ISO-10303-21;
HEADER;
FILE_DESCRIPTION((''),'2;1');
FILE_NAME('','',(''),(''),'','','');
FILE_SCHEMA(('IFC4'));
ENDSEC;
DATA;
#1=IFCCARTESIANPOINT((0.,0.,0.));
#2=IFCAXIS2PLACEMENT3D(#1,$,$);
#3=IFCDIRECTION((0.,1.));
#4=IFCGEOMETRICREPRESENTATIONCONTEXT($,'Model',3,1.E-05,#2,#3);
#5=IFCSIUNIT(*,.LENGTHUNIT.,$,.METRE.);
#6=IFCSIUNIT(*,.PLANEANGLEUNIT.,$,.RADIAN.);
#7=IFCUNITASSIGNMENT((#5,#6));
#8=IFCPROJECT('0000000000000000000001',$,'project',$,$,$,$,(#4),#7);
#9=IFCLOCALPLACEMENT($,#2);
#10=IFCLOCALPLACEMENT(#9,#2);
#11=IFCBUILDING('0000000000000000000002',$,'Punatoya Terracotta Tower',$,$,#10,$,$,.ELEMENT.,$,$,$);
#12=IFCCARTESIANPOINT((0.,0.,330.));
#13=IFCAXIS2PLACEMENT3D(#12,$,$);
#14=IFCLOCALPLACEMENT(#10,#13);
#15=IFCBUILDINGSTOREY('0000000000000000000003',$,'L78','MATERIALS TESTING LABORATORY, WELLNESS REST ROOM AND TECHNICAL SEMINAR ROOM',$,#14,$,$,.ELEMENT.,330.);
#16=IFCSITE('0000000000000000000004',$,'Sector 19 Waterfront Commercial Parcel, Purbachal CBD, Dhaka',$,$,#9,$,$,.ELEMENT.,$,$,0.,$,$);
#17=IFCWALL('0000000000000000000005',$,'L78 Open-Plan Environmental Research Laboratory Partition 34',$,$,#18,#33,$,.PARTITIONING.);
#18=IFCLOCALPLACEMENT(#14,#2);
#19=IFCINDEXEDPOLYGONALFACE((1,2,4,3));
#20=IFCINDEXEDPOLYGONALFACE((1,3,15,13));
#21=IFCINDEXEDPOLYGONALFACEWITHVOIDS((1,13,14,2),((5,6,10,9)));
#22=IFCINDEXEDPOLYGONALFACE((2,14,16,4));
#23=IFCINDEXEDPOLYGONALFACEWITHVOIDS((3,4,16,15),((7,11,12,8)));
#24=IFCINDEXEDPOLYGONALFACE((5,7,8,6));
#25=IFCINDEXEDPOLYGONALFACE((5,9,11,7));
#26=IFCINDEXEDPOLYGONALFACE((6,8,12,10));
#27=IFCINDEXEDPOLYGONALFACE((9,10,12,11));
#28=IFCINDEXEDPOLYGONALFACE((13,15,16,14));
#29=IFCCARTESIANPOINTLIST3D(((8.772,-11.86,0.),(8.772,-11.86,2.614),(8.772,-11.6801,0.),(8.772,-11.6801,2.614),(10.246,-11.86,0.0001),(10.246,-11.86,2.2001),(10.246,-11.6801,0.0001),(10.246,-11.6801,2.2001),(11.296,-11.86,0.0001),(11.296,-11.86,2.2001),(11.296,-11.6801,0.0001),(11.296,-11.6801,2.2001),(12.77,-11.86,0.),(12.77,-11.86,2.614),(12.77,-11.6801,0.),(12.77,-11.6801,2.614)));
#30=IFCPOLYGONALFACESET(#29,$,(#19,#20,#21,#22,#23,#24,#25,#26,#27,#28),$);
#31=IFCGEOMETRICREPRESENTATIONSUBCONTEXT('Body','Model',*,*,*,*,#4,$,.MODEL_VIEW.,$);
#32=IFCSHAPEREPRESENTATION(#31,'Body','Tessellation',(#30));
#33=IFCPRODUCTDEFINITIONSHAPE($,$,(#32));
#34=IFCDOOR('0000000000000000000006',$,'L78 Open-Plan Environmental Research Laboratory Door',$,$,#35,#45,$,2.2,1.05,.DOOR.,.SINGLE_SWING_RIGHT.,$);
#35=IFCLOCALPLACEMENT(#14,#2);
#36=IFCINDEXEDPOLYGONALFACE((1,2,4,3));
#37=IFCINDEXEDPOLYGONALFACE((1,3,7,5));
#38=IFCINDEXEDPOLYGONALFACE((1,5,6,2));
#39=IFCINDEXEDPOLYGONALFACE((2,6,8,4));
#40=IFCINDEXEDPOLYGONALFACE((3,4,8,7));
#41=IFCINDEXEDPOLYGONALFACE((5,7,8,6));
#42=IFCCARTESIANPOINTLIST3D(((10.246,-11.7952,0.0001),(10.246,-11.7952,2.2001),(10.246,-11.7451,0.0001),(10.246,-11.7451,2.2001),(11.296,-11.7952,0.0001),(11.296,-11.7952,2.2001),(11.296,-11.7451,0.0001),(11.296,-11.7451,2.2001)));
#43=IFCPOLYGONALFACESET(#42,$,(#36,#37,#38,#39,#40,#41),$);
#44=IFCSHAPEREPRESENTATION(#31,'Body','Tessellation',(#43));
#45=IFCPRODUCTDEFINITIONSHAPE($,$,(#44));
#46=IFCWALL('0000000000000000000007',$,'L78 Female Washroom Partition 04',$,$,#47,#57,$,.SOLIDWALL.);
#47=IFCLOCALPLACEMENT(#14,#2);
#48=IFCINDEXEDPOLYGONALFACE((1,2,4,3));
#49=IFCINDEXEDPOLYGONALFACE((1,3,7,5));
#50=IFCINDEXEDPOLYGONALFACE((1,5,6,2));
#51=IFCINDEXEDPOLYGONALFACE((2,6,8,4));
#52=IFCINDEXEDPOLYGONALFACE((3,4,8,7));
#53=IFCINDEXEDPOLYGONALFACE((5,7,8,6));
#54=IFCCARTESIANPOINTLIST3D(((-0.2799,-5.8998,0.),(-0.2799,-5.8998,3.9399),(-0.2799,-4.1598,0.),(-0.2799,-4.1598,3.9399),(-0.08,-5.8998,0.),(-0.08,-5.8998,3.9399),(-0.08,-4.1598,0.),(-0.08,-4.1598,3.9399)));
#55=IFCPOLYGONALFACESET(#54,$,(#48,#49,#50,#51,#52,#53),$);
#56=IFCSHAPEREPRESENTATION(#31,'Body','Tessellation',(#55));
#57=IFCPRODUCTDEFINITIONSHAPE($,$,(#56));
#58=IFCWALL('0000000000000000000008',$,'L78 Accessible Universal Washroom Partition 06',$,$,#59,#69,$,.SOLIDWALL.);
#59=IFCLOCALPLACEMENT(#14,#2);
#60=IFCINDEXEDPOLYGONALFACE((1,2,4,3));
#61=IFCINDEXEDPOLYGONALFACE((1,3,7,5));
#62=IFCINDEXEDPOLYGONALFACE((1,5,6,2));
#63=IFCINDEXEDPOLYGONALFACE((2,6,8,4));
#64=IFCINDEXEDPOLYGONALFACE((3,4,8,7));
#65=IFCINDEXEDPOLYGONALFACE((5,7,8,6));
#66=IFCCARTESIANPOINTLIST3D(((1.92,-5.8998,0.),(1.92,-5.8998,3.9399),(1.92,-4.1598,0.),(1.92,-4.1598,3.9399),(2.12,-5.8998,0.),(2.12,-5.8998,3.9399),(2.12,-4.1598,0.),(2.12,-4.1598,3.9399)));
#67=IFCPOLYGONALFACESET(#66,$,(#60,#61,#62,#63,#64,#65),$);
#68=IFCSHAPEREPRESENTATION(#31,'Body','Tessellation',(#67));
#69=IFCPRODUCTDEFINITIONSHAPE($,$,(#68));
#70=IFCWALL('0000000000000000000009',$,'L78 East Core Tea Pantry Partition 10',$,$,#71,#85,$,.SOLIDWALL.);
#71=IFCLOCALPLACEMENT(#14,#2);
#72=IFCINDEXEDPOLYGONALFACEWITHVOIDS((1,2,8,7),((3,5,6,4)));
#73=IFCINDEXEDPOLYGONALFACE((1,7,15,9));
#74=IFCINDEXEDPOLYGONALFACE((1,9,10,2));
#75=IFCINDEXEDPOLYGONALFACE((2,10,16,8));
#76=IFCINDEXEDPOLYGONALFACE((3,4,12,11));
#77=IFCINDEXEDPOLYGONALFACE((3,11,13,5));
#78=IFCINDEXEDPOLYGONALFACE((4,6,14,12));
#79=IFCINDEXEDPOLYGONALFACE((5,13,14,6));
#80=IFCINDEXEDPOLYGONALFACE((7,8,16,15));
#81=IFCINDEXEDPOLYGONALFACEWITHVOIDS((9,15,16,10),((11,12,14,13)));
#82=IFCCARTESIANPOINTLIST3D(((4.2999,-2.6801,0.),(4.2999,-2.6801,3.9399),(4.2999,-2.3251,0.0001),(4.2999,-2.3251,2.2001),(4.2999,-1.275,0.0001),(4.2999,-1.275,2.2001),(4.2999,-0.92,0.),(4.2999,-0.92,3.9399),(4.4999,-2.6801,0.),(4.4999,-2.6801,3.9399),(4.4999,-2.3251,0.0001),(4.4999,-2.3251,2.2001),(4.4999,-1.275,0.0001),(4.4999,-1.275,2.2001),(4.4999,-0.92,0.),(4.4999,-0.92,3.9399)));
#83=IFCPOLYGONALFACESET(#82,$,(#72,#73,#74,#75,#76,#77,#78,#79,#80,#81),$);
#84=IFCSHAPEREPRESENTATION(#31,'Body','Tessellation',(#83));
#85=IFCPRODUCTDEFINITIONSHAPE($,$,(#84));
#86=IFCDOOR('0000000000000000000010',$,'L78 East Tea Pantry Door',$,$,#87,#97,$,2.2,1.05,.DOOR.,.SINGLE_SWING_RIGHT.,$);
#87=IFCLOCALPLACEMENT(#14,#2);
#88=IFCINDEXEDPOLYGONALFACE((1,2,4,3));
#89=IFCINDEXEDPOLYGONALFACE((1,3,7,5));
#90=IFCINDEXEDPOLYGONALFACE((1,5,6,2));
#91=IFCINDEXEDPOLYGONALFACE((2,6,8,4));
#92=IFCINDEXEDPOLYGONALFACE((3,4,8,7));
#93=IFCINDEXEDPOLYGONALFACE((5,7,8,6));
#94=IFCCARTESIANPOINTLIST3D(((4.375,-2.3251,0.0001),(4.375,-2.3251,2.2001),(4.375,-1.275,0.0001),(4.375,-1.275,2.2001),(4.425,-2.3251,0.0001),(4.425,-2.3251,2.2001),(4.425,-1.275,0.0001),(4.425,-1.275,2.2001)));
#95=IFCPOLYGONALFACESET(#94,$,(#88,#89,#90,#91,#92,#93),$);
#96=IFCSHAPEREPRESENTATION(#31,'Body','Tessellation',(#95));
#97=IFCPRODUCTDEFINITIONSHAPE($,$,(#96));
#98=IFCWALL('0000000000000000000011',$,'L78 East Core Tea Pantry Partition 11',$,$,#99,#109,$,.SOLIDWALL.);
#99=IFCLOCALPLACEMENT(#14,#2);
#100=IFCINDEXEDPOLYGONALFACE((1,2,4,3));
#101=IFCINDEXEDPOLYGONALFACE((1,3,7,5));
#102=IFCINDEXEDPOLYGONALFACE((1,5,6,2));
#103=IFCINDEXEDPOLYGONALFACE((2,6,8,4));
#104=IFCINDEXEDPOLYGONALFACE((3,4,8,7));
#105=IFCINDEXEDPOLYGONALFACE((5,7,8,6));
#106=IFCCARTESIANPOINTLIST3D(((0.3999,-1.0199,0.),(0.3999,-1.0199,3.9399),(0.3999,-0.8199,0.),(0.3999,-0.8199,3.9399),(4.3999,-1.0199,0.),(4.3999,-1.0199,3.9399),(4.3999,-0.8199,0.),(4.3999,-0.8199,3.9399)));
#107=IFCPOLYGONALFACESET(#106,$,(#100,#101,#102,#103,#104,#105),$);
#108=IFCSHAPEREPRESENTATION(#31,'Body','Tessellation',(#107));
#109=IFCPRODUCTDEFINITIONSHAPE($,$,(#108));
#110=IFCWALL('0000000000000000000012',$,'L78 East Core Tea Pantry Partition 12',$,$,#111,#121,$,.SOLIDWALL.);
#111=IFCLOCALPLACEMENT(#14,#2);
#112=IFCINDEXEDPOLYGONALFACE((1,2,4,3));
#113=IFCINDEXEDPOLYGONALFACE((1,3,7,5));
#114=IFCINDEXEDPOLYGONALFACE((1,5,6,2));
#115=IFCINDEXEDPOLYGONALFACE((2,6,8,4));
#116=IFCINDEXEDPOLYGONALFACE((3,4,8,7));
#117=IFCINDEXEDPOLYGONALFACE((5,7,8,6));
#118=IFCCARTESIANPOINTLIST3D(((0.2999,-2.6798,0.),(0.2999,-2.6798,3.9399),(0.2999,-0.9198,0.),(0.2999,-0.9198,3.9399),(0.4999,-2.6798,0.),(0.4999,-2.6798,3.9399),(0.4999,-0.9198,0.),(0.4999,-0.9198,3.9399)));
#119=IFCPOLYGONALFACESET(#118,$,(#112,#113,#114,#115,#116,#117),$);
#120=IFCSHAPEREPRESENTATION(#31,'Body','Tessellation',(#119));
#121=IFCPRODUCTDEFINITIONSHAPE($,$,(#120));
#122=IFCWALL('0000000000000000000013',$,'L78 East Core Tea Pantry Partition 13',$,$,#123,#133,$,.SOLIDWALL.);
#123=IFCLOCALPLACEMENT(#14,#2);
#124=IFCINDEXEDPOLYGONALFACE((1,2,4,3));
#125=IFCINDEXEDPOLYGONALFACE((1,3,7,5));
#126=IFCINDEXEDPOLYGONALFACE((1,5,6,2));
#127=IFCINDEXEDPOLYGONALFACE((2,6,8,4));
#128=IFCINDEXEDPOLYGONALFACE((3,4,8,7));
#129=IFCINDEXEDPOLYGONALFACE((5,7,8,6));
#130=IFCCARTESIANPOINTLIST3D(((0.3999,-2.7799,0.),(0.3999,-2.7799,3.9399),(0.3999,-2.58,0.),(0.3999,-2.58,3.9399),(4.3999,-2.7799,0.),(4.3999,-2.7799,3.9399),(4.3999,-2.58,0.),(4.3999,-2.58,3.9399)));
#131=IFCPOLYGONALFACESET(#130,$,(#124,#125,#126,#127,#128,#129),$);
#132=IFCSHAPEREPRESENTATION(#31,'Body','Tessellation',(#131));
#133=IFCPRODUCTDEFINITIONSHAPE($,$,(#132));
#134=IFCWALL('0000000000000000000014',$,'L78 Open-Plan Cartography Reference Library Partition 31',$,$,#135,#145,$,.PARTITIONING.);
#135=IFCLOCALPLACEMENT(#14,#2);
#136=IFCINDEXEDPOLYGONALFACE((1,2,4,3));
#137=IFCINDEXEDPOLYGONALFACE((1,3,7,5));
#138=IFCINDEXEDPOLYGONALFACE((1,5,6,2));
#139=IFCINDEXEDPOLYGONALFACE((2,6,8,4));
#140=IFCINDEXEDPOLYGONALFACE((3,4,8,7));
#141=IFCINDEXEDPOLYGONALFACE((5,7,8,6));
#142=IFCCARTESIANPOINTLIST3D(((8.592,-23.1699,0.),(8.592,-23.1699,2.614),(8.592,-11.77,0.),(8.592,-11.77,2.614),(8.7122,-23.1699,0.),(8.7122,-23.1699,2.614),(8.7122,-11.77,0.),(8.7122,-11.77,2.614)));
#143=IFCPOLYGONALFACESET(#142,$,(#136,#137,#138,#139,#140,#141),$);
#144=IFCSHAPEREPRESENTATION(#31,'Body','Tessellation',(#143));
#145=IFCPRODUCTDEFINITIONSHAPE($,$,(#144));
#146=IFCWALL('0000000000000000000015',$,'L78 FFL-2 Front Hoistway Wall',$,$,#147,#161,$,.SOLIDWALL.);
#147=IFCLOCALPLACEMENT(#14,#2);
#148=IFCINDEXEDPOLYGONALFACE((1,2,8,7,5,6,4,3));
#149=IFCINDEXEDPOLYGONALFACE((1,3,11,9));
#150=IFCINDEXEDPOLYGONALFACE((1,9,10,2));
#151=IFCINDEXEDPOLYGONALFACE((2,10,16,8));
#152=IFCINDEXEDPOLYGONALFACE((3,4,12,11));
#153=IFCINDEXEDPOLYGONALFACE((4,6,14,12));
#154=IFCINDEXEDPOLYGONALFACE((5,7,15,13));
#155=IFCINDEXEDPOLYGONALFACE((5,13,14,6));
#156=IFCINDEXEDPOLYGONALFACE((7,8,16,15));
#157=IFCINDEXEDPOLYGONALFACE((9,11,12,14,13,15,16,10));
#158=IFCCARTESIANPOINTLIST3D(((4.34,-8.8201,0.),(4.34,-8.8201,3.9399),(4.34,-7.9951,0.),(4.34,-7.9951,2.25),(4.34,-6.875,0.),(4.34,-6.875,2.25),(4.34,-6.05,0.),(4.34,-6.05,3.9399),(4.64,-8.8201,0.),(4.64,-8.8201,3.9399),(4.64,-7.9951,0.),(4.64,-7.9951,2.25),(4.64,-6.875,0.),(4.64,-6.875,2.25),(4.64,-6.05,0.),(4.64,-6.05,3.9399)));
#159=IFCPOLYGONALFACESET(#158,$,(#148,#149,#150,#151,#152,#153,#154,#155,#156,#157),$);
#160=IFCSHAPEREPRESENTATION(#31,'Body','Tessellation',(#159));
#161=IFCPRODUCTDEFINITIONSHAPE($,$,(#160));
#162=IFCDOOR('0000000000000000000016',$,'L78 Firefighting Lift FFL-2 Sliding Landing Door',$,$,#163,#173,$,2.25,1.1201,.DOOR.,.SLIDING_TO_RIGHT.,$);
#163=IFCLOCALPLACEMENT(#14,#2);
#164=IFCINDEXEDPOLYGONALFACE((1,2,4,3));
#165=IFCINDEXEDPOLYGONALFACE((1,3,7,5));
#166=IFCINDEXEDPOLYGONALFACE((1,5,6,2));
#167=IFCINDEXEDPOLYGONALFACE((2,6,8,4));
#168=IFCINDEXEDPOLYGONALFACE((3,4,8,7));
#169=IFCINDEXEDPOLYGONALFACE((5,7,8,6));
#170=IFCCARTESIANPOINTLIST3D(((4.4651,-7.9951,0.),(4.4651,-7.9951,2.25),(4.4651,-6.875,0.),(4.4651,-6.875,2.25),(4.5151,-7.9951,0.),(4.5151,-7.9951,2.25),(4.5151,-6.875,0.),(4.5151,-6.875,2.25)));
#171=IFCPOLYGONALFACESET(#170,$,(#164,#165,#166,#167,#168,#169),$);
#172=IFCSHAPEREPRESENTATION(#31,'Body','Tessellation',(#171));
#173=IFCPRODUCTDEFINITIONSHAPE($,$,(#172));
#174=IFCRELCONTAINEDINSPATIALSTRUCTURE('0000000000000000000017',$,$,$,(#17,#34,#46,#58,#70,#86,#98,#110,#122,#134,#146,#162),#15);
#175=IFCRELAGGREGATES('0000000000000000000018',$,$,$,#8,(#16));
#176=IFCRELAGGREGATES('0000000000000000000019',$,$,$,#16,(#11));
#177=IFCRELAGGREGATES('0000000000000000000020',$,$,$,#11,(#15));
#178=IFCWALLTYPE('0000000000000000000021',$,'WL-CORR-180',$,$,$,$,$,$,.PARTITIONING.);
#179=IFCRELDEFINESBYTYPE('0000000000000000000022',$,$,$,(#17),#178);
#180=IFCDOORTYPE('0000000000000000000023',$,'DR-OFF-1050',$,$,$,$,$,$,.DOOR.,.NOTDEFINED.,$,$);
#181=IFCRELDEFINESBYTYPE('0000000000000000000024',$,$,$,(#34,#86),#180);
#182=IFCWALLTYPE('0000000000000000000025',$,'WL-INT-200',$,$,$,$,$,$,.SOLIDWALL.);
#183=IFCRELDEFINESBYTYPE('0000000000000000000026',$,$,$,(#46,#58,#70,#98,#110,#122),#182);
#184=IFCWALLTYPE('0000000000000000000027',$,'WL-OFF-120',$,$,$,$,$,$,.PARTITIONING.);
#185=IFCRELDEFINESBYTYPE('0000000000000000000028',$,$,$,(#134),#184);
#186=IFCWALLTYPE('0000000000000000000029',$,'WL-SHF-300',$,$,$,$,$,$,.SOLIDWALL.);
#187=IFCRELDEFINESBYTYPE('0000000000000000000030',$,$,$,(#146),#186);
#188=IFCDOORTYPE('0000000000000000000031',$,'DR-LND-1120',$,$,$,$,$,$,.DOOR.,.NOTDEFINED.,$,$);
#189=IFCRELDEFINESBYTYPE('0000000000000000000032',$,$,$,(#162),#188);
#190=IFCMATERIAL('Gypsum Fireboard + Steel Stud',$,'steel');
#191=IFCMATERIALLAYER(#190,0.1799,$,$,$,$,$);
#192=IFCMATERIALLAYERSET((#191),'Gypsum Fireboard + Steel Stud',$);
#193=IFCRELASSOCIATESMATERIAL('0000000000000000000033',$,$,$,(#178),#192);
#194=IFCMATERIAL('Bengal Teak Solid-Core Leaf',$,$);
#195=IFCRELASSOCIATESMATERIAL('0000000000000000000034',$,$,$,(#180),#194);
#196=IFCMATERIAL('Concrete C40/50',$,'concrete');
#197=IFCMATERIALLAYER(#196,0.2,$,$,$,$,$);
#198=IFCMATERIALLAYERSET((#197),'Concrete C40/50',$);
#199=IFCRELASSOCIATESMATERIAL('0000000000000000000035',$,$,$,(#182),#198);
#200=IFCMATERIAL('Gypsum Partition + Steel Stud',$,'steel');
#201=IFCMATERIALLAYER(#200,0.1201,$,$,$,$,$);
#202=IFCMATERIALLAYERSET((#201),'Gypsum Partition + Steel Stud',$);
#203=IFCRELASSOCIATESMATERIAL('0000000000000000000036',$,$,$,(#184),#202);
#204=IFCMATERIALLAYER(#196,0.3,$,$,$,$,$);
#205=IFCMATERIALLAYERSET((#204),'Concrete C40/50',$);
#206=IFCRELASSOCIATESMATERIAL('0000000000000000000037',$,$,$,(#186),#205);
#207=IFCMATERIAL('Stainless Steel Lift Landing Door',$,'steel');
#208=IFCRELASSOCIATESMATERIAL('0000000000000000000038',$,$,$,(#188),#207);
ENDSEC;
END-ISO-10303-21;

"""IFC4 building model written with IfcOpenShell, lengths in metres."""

from ifc_helpers import new_model, si_unit, direction, frame, frame_2d, origin, place, context, subcontext, project, spatial, rectangle, extrude, material, layer, layer_set, type_object, element, fill, save


model = new_model("IFC4")

# Units and contexts
model_context = context("Model", 3, precision=1e-05, world=origin(), true_north=direction((0.0, 1.0)))
body_context = subcontext(model_context, "Body", "Model", "MODEL_VIEW")
ifc_project = project(units=[si_unit("LENGTHUNIT", "METRE"), si_unit("PLANEANGLEUNIT", "RADIAN")], contexts=[model_context])

# Site, building, storey
site_placement = place(None, origin())
site = spatial("IfcSite", under=ifc_project, at=site_placement, Name="Sector 19 Waterfront Commercial Parcel, Purbachal CBD, Dhaka", CompositionType="ELEMENT", RefElevation=0.0)
building_placement = place(site_placement, origin())
building = spatial("IfcBuilding", under=site, at=building_placement, Name="Punatoya Terracotta Tower", CompositionType="ELEMENT")
storey_placement = place(building_placement, frame((0.0, 0.0, 330.0)))
storey = spatial("IfcBuildingStorey", under=building, at=storey_placement, Name="L78", Description="MATERIALS TESTING LABORATORY, WELLNESS REST ROOM AND TECHNICAL SEMINAR ROOM", CompositionType="ELEMENT", Elevation=330.0)

# Shared definitions
ifc_material_1 = material(Name="Concrete C40/50", Category="concrete")

# Shared definitions
ifc_material_2 = material(Name="Gypsum Fireboard + Steel Stud", Category="steel")
ifc_layer_1 = layer(ifc_material_2, 0.1799)
ifc_layer_set_1 = layer_set([ifc_layer_1], Name="Gypsum Fireboard + Steel Stud")
wall_type_1 = type_object("IfcWallType", Name="WL-CORR-180", PredefinedType="PARTITIONING", material=ifc_layer_set_1)

# Shared definitions
ifc_material_3 = material(Name="Bengal Teak Solid-Core Leaf")
door_type_1 = type_object("IfcDoorType", Name="DR-OFF-1050", OperationType="NOTDEFINED", PredefinedType="DOOR", material=ifc_material_3)

# Wall, opening, door
wall_1_placement = place(storey_placement, frame((8.772, -11.77, 0.0), z_axis=(0.0, 0.0, 1.0), x_axis=(1.0, 0.0, 0.0)))
wall_1 = element("IfcWall", 1, at=wall_1_placement, inside=storey, type_object=wall_type_1, Name="L78 Open-Plan Environmental Research Laboratory Partition 34", PredefinedType="PARTITIONING", context=body_context, shape_type="SweptSolid", body=[
    extrude(rectangle(XDim=3.998, YDim=0.1799, at=frame_2d((1.999, 0.0))), origin(), (0.0, 0.0, 1.0), 2.614),
])
opening_1_placement = place(wall_1_placement, frame((1.4741, 0.0, 0.0)))
opening_1 = element("IfcOpeningElement", 2, at=opening_1_placement, cuts=wall_1, PredefinedType="OPENING", context=body_context, shape_type="SweptSolid", body=[
    extrude(rectangle(XDim=1.05, YDim=2.2, at=frame_2d((0.5249, 1.1001))), frame((0.0, 0.0999, 0.0), z_axis=(0.0, -1.0, 0.0), x_axis=(1.0, 0.0, 0.0)), (0.0, 0.0, 1.0), 0.2),
])
door_1_placement = place(opening_1_placement, origin())
door_1 = element("IfcDoor", 3, at=door_1_placement, inside=storey, type_object=door_type_1, Name="L78 Open-Plan Environmental Research Laboratory Door", OperationType="SINGLE_SWING_RIGHT", OverallHeight=2.2, OverallWidth=1.05, PredefinedType="DOOR", context=body_context, shape_type="SweptSolid", body=[
    extrude(rectangle(XDim=1.05, YDim=2.2, at=frame_2d((0.5249, 1.1001))), frame((0.0, 0.0249, 0.0), z_axis=(0.0, -1.0, 0.0), x_axis=(1.0, 0.0, 0.0)), (0.0, 0.0, 1.0), 0.05),
])
fill(opening_1, door_1)

# Wall
ifc_layer_2 = layer(ifc_material_1, 0.2)
ifc_layer_set_2 = layer_set([ifc_layer_2], Name="Concrete C40/50")
wall_type_2 = type_object("IfcWallType", Name="WL-INT-200", PredefinedType="SOLIDWALL", material=ifc_layer_set_2)
wall_2_placement = place(storey_placement, frame((-0.1799, -5.8999, 0.0), z_axis=(0.0, 0.0, 1.0), x_axis=(0.0, 1.0, 0.0)))
element("IfcWall", 4, at=wall_2_placement, inside=storey, type_object=wall_type_2, Name="L78 Female Washroom Partition 04", PredefinedType="SOLIDWALL", context=body_context, shape_type="SweptSolid", body=[
    extrude(rectangle(XDim=1.74, YDim=0.2, at=frame_2d((0.8701, 0.0))), origin(), (0.0, 0.0, 1.0), 3.9399),
])

# Wall
wall_3_placement = place(storey_placement, frame((2.02, -5.8999, 0.0), z_axis=(0.0, 0.0, 1.0), x_axis=(0.0, 1.0, 0.0)))
element("IfcWall", 5, at=wall_3_placement, inside=storey, type_object=wall_type_2, Name="L78 Accessible Universal Washroom Partition 06", PredefinedType="SOLIDWALL", context=body_context, shape_type="SweptSolid", body=[
    extrude(rectangle(XDim=1.74, YDim=0.2, at=frame_2d((0.8701, 0.0))), origin(), (0.0, 0.0, 1.0), 3.9399),
])

# Wall, opening, door
wall_4_placement = place(storey_placement, frame((4.3999, -2.6799, 0.0), z_axis=(0.0, 0.0, 1.0), x_axis=(0.0, 1.0, 0.0)))
wall_4 = element("IfcWall", 6, at=wall_4_placement, inside=storey, type_object=wall_type_2, Name="L78 East Core Tea Pantry Partition 10", PredefinedType="SOLIDWALL", context=body_context, shape_type="SweptSolid", body=[
    extrude(rectangle(XDim=1.76, YDim=0.2, at=frame_2d((0.8799, 0.0))), origin(), (0.0, 0.0, 1.0), 3.9399),
])
opening_2_placement = place(wall_4_placement, frame((0.355, 0.0, 0.0)))
opening_2 = element("IfcOpeningElement", 7, at=opening_2_placement, cuts=wall_4, PredefinedType="OPENING", context=body_context, shape_type="SweptSolid", body=[
    extrude(rectangle(XDim=1.05, YDim=2.2, at=frame_2d((0.5249, 1.1001))), frame((0.0, 0.1099, 0.0), z_axis=(0.0, -1.0, 0.0), x_axis=(1.0, 0.0, 0.0)), (0.0, 0.0, 1.0), 0.22),
])
door_2_placement = place(opening_2_placement, origin())
door_2 = element("IfcDoor", 8, at=door_2_placement, inside=storey, type_object=door_type_1, Name="L78 East Tea Pantry Door", OperationType="SINGLE_SWING_RIGHT", OverallHeight=2.2, OverallWidth=1.05, PredefinedType="DOOR", context=body_context, shape_type="SweptSolid", body=[
    extrude(rectangle(XDim=1.05, YDim=2.2, at=frame_2d((0.5249, 1.1001))), frame((0.0, 0.0249, 0.0), z_axis=(0.0, -1.0, 0.0), x_axis=(1.0, 0.0, 0.0)), (0.0, 0.0, 1.0), 0.05),
])
fill(opening_2, door_2)

# Walls
wall_5_placement = place(storey_placement, frame((4.3999, -0.9199, 0.0), z_axis=(0.0, 0.0, 1.0), x_axis=(-1.0, 0.0, 0.0)))
element("IfcWall", 9, at=wall_5_placement, inside=storey, type_object=wall_type_2, Name="L78 East Core Tea Pantry Partition 11", PredefinedType="SOLIDWALL", context=body_context, shape_type="SweptSolid", body=[
    extrude(rectangle(XDim=4.0, YDim=0.2, at=frame_2d((2.0, 0.0))), origin(), (0.0, 0.0, 1.0), 3.9399),
])
wall_6_placement = place(storey_placement, frame((0.3999, -0.9199, 0.0), z_axis=(0.0, 0.0, 1.0), x_axis=(0.0, -1.0, 0.0)))
element("IfcWall", 10, at=wall_6_placement, inside=storey, type_object=wall_type_2, Name="L78 East Core Tea Pantry Partition 12", PredefinedType="SOLIDWALL", context=body_context, shape_type="SweptSolid", body=[
    extrude(rectangle(XDim=1.76, YDim=0.2, at=frame_2d((0.8799, 0.0))), origin(), (0.0, 0.0, 1.0), 3.9399),
])
wall_7_placement = place(storey_placement, frame((0.3999, -2.6799, 0.0), z_axis=(0.0, 0.0, 1.0), x_axis=(1.0, 0.0, 0.0)))
element("IfcWall", 11, at=wall_7_placement, inside=storey, type_object=wall_type_2, Name="L78 East Core Tea Pantry Partition 13", PredefinedType="SOLIDWALL", context=body_context, shape_type="SweptSolid", body=[
    extrude(rectangle(XDim=4.0, YDim=0.2, at=frame_2d((2.0, 0.0))), origin(), (0.0, 0.0, 1.0), 3.9399),
])
ifc_material_4 = material(Name="Gypsum Partition + Steel Stud", Category="steel")
ifc_layer_3 = layer(ifc_material_4, 0.1201)
ifc_layer_set_3 = layer_set([ifc_layer_3], Name="Gypsum Partition + Steel Stud")
wall_type_3 = type_object("IfcWallType", Name="WL-OFF-120", PredefinedType="PARTITIONING", material=ifc_layer_set_3)
wall_8_placement = place(storey_placement, frame((8.6521, -11.77, 0.0), z_axis=(0.0, 0.0, 1.0), x_axis=(0.0, -1.0, 0.0)))
element("IfcWall", 12, at=wall_8_placement, inside=storey, type_object=wall_type_3, Name="L78 Open-Plan Cartography Reference Library Partition 31", PredefinedType="PARTITIONING", context=body_context, shape_type="SweptSolid", body=[
    extrude(rectangle(XDim=11.3999, YDim=0.1201, at=frame_2d((5.7, 0.0))), origin(), (0.0, 0.0, 1.0), 2.614),
])

# Wall, opening, door
ifc_layer_4 = layer(ifc_material_1, 0.3)
ifc_layer_set_4 = layer_set([ifc_layer_4], Name="Concrete C40/50")
wall_type_4 = type_object("IfcWallType", Name="WL-SHF-300", PredefinedType="SOLIDWALL", material=ifc_layer_set_4)
wall_9_placement = place(storey_placement, frame((4.49, -8.8201, 0.0), z_axis=(0.0, 0.0, 1.0), x_axis=(0.0, 1.0, 0.0)))
wall_9 = element("IfcWall", 13, at=wall_9_placement, inside=storey, type_object=wall_type_4, Name="L78 FFL-2 Front Hoistway Wall", PredefinedType="SOLIDWALL", context=body_context, shape_type="SweptSolid", body=[
    extrude(rectangle(XDim=2.77, YDim=0.3, at=frame_2d((1.385, 0.0))), origin(), (0.0, 0.0, 1.0), 3.9399),
])
opening_3_placement = place(wall_9_placement, frame((0.825, 0.0, 0.0)))
opening_3 = element("IfcOpeningElement", 14, at=opening_3_placement, cuts=wall_9, PredefinedType="OPENING", context=body_context, shape_type="SweptSolid", body=[
    extrude(rectangle(XDim=1.1201, YDim=2.25, at=frame_2d((0.5601, 1.125))), frame((0.0, 0.1599, 0.0), z_axis=(0.0, -1.0, 0.0), x_axis=(1.0, 0.0, 0.0)), (0.0, 0.0, 1.0), 0.3201),
])
ifc_material_5 = material(Name="Stainless Steel Lift Landing Door", Category="steel")
door_type_2 = type_object("IfcDoorType", Name="DR-LND-1120", OperationType="NOTDEFINED", PredefinedType="DOOR", material=ifc_material_5)
door_3_placement = place(opening_3_placement, origin())
door_3 = element("IfcDoor", 15, at=door_3_placement, inside=storey, type_object=door_type_2, Name="L78 Firefighting Lift FFL-2 Sliding Landing Door", OperationType="SLIDING_TO_RIGHT", OverallHeight=2.25, OverallWidth=1.1201, PredefinedType="DOOR", context=body_context, shape_type="SweptSolid", body=[
    extrude(rectangle(XDim=1.1201, YDim=2.25, at=frame_2d((0.5601, 1.125))), frame((0.0, 0.0249, 0.0), z_axis=(0.0, -1.0, 0.0), x_axis=(1.0, 0.0, 0.0)), (0.0, 0.0, 1.0), 0.05),
])
fill(opening_3, door_3)

save(model, "model.ifc")
